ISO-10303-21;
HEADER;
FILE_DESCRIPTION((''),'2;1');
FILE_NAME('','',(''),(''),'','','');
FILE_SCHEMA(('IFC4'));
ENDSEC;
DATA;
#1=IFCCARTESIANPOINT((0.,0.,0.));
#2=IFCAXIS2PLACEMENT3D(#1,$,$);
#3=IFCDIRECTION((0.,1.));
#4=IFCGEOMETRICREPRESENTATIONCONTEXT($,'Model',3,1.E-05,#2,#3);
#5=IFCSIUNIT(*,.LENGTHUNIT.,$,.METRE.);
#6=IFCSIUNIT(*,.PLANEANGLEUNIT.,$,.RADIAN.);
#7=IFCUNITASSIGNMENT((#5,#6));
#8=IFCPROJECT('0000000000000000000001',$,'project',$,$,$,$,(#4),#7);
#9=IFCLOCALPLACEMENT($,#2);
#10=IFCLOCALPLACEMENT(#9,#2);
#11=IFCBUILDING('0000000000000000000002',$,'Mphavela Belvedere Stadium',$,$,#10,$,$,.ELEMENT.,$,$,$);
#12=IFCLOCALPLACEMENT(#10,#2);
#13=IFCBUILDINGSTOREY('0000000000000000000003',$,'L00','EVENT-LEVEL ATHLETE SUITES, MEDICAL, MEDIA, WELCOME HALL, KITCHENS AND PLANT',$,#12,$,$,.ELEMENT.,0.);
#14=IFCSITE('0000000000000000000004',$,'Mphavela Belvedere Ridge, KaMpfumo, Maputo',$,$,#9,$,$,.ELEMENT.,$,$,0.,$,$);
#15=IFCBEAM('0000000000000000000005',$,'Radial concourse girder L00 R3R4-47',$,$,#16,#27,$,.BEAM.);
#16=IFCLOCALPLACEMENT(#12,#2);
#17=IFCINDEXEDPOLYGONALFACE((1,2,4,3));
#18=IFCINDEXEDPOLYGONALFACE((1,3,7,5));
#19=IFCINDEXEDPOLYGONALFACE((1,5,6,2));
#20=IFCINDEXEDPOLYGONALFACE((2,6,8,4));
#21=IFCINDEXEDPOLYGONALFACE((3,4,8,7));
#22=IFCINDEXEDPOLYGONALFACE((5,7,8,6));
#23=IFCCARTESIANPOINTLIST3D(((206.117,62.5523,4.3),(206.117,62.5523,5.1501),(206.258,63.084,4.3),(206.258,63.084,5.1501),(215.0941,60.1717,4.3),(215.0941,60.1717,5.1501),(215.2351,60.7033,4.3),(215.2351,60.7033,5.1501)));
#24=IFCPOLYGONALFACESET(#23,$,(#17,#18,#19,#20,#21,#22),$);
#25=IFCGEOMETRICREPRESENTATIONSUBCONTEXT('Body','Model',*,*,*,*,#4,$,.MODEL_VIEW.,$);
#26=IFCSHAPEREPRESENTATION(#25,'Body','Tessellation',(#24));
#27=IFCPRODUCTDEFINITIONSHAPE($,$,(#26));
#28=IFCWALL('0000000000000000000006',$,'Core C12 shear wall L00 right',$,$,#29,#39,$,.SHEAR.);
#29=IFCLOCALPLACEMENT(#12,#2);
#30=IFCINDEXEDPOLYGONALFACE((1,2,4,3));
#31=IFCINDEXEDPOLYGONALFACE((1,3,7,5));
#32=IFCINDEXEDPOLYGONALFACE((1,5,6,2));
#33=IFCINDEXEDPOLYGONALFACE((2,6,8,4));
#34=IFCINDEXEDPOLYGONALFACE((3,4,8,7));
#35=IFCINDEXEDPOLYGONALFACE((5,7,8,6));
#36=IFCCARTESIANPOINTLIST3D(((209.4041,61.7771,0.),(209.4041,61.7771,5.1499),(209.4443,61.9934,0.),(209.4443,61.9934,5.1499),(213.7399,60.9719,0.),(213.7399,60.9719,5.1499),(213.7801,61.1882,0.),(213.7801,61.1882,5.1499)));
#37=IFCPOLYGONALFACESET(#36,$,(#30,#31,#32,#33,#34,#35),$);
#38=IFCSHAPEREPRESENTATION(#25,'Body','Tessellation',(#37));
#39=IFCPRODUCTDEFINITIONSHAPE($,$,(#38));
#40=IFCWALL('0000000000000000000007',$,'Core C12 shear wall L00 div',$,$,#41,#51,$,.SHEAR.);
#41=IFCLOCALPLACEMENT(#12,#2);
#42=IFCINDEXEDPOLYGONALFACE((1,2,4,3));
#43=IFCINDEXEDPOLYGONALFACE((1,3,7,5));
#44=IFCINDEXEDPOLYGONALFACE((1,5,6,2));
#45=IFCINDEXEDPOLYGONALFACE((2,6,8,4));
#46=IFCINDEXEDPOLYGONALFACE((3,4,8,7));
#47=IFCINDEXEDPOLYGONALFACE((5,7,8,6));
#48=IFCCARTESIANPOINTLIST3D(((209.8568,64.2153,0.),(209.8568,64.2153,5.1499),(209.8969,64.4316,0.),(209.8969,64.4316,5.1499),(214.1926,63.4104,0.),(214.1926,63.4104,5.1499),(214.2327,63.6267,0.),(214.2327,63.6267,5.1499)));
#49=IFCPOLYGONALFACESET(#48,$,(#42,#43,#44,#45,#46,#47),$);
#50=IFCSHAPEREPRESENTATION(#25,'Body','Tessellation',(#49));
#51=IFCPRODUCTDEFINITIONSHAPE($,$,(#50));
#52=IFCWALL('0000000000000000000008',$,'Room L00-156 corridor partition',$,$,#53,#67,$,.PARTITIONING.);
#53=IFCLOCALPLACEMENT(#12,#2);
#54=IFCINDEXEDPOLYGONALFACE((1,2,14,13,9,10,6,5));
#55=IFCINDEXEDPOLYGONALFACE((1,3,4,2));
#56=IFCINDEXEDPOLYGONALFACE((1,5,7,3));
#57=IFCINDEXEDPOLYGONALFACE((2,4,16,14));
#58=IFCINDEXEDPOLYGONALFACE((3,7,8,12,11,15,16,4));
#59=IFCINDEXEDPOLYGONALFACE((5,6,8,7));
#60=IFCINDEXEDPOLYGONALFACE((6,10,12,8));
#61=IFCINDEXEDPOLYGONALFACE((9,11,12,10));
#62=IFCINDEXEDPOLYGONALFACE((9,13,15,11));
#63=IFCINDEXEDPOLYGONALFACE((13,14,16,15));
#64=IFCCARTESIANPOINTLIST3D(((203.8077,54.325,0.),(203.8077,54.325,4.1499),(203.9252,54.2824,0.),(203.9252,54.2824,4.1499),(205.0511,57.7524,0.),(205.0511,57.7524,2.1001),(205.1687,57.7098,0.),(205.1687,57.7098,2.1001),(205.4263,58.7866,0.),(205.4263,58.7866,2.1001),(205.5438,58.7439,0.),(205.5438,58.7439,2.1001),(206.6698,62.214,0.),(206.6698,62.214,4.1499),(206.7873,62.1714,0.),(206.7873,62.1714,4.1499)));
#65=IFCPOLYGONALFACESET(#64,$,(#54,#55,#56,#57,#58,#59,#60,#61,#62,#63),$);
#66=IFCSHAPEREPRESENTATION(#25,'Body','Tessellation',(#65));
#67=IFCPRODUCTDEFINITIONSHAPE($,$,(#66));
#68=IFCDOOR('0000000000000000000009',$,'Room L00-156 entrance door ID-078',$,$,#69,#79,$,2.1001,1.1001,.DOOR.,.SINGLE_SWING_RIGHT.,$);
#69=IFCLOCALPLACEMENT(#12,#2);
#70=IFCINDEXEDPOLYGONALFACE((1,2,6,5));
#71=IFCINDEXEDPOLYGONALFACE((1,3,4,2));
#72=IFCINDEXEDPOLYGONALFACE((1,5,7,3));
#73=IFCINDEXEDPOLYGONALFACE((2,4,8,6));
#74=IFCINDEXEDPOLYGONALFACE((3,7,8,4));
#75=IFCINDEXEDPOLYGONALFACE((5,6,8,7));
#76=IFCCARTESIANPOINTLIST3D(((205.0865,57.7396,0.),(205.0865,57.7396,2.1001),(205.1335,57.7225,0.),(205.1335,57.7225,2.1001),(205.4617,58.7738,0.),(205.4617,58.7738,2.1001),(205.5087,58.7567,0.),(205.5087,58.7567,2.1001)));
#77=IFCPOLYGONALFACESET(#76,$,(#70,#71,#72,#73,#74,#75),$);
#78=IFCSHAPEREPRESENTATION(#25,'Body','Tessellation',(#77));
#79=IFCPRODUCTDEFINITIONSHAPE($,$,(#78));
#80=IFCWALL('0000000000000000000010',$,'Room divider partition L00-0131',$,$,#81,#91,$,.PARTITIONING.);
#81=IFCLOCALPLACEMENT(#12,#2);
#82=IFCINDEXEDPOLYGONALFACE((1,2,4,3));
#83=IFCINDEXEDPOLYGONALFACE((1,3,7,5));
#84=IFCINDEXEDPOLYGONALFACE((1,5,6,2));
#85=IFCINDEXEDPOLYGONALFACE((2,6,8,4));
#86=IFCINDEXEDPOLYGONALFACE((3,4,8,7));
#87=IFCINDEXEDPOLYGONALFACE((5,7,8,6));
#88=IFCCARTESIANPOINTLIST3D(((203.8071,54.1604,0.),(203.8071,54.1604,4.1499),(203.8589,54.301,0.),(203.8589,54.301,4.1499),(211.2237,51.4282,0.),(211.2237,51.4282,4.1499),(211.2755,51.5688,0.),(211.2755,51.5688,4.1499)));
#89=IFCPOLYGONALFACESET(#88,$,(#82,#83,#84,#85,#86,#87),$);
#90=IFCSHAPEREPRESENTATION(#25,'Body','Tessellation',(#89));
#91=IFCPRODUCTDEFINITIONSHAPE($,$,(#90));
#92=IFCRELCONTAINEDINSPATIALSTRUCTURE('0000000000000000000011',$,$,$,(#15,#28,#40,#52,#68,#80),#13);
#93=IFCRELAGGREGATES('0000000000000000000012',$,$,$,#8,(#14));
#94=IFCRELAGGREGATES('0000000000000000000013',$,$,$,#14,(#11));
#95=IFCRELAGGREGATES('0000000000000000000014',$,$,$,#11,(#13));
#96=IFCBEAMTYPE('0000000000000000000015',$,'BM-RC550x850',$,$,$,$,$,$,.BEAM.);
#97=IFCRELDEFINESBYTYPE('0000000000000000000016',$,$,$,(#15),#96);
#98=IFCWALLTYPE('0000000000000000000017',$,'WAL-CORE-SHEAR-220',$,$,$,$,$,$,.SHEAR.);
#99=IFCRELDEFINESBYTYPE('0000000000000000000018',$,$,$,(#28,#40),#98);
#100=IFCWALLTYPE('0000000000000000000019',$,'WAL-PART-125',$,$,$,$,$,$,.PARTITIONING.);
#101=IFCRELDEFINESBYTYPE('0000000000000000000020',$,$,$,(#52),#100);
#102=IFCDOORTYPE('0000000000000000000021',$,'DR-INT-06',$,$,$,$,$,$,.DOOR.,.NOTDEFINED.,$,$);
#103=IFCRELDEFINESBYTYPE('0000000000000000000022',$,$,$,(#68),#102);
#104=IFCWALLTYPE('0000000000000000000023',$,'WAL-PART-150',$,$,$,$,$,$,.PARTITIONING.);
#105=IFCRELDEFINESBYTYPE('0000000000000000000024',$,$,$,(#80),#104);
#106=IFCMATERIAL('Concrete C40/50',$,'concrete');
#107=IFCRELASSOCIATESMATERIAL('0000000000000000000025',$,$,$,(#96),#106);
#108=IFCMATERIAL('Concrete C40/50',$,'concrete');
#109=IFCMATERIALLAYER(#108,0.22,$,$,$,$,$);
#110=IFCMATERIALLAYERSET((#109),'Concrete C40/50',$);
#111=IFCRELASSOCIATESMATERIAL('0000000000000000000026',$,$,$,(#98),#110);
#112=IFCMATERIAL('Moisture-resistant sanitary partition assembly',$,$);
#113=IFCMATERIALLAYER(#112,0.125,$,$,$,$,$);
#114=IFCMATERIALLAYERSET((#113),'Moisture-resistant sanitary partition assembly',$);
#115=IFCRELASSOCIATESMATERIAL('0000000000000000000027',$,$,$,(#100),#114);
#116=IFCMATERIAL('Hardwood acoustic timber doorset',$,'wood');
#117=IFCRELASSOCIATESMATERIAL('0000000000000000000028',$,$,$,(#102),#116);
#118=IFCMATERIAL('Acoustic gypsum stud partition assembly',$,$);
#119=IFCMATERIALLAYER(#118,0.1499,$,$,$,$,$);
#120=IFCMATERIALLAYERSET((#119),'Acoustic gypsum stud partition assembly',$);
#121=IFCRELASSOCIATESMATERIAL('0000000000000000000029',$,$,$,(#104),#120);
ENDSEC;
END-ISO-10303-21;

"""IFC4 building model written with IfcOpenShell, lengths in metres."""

from ifc_helpers import new_model, si_unit, direction, frame, frame_2d, origin, origin_2d, place, context, subcontext, project, spatial, rectangle, extrude, material, layer, layer_set, material_profile, profile_set, type_object, element, fill, save


model = new_model("IFC4")

# Units and contexts
model_context = context("Model", 3, precision=1e-05, world=origin(), true_north=direction((0.0, 1.0)))
body_context = subcontext(model_context, "Body", "Model", "MODEL_VIEW")
ifc_project = project(units=[si_unit("LENGTHUNIT", "METRE"), si_unit("PLANEANGLEUNIT", "RADIAN")], contexts=[model_context])

# Site, building, storey
site_placement = place(None, origin())
site = spatial("IfcSite", under=ifc_project, at=site_placement, Name="Mphavela Belvedere Ridge, KaMpfumo, Maputo", CompositionType="ELEMENT", RefElevation=0.0)
building_placement = place(site_placement, origin())
building = spatial("IfcBuilding", under=site, at=building_placement, Name="Mphavela Belvedere Stadium", CompositionType="ELEMENT")
storey_placement = place(building_placement, origin())
storey = spatial("IfcBuildingStorey", under=building, at=storey_placement, Name="L00", Description="EVENT-LEVEL ATHLETE SUITES, MEDICAL, MEDIA, WELCOME HALL, KITCHENS AND PLANT", CompositionType="ELEMENT", Elevation=0.0)

# Beam
ifc_material_1 = material(Name="Concrete C40/50", Category="concrete")
ifc_material_profile_1 = material_profile(ifc_material_1, rectangle(XDim=0.55, YDim=0.8501, at=origin_2d()), Name="RC 550x850")
ifc_profile_set_1 = profile_set([ifc_material_profile_1], Name="Concrete C40/50")
beam_type_1 = type_object("IfcBeamType", Name="BM-RC550x850", PredefinedType="BEAM", material=ifc_profile_set_1)
beam_1_placement = place(storey_placement, frame((206.1875, 62.8181, 4.7251), z_axis=(0.96659, -0.256329, 0.0), x_axis=(0.256329, 0.96659, 0.0)))
element("IfcBeam", 1, at=beam_1_placement, inside=storey, type_object=beam_type_1, Name="Radial concourse girder L00 R3R4-47", PredefinedType="BEAM", context=body_context, shape_type="SweptSolid", body=[
    extrude(rectangle(XDim=0.55, YDim=0.8501, at=origin_2d()), origin(), (0.0, 0.0, 1.0), 9.2874),
])

# Walls
ifc_material_2 = material(Name="Concrete C40/50", Category="concrete")
ifc_layer_1 = layer(ifc_material_2, 0.22)
ifc_layer_set_1 = layer_set([ifc_layer_1], Name="Concrete C40/50")
wall_type_1 = type_object("IfcWallType", Name="WAL-CORE-SHEAR-220", PredefinedType="SHEAR", material=ifc_layer_set_1)
for number, where, z_axis, x_axis, name in (
    (2, (209.4241, 61.8853, 0.0), (0.0, 0.0, 1.0), (0.98319, -0.182587, 0.0), "Core C12 shear wall L00 right"),
    (3, (209.8767, 64.3235, 0.0), (0.0, 0.0, 1.0), (0.983202, -0.182523, 0.0), "Core C12 shear wall L00 div"),
):
    element("IfcWall", number, at=place(storey_placement, frame(where, z_axis=z_axis, x_axis=x_axis)), inside=storey, type_object=wall_type_1, Name=name, PredefinedType="SHEAR", context=body_context, shape_type="SweptSolid", body=[
        extrude(rectangle(XDim=4.4099, YDim=0.22, at=frame_2d((2.2051, 0.0))), origin(), (0.0, 0.0, 1.0), 5.1499),
    ])

# Wall, opening, door
ifc_material_3 = material(Name="Moisture-resistant sanitary partition assembly")
ifc_layer_2 = layer(ifc_material_3, 0.125)
ifc_layer_set_2 = layer_set([ifc_layer_2], Name="Moisture-resistant sanitary partition assembly")
wall_type_2 = type_object("IfcWallType", Name="WAL-PART-125", PredefinedType="PARTITIONING", material=ifc_layer_set_2)
wall_1_placement = place(storey_placement, frame((203.8665, 54.3037, 0.0), z_axis=(0.0, 0.0, 1.0), x_axis=(0.341045, 0.940047, 0.0)))
wall_1 = element("IfcWall", 4, at=wall_1_placement, inside=storey, type_object=wall_type_2, Name="Room L00-156 corridor partition", PredefinedType="PARTITIONING", context=body_context, shape_type="SweptSolid", body=[
    extrude(rectangle(XDim=8.3921, YDim=0.125, at=frame_2d((4.196, 0.0))), origin(), (0.0, 0.0, 1.0), 4.1499),
])
opening_placement = place(wall_1_placement, frame((3.646, 0.0, 0.0)))
opening = element("IfcOpeningElement", 5, at=opening_placement, cuts=wall_1, PredefinedType="OPENING", context=body_context, shape_type="SweptSolid", body=[
    extrude(rectangle(XDim=1.1001, YDim=2.1001, at=frame_2d((0.55, 1.05))), frame((0.0, 0.0725, 0.0), z_axis=(0.0, -1.0, 0.0), x_axis=(1.0, 0.0, 0.0)), (0.0, 0.0, 1.0), 0.145),
])
ifc_material_4 = material(Name="Hardwood acoustic timber doorset", Category="wood")
door_type = type_object("IfcDoorType", Name="DR-INT-06", OperationType="NOTDEFINED", PredefinedType="DOOR", material=ifc_material_4)
door_placement = place(opening_placement, origin())
door = element("IfcDoor", 6, at=door_placement, inside=storey, type_object=door_type, Name="Room L00-156 entrance door ID-078", OperationType="SINGLE_SWING_RIGHT", OverallHeight=2.1001, OverallWidth=1.1001, PredefinedType="DOOR", context=body_context, shape_type="SweptSolid", body=[
    extrude(rectangle(XDim=1.1001, YDim=2.1001, at=frame_2d((0.55, 1.05))), frame((0.0, 0.0249, 0.0), z_axis=(0.0, -1.0, 0.0), x_axis=(1.0, 0.0, 0.0)), (0.0, 0.0, 1.0), 0.05),
])
fill(opening, door)

# Wall
ifc_material_5 = material(Name="Acoustic gypsum stud partition assembly")
ifc_layer_3 = layer(ifc_material_5, 0.1499)
ifc_layer_set_3 = layer_set([ifc_layer_3], Name="Acoustic gypsum stud partition assembly")
wall_type_3 = type_object("IfcWallType", Name="WAL-PART-150", PredefinedType="PARTITIONING", material=ifc_layer_set_3)
wall_2_placement = place(storey_placement, frame((203.833, 54.2307, 0.0), z_axis=(0.0, 0.0, 1.0), x_axis=(0.938352, -0.345681, 0.0)))
element("IfcWall", 7, at=wall_2_placement, inside=storey, type_object=wall_type_3, Name="Room divider partition L00-0131", PredefinedType="PARTITIONING", context=body_context, shape_type="SweptSolid", body=[
    extrude(rectangle(XDim=7.9038, YDim=0.1499, at=frame_2d((3.9519, 0.0))), origin(), (0.0, 0.0, 1.0), 4.1499),
])

save(model, "model.ifc")
